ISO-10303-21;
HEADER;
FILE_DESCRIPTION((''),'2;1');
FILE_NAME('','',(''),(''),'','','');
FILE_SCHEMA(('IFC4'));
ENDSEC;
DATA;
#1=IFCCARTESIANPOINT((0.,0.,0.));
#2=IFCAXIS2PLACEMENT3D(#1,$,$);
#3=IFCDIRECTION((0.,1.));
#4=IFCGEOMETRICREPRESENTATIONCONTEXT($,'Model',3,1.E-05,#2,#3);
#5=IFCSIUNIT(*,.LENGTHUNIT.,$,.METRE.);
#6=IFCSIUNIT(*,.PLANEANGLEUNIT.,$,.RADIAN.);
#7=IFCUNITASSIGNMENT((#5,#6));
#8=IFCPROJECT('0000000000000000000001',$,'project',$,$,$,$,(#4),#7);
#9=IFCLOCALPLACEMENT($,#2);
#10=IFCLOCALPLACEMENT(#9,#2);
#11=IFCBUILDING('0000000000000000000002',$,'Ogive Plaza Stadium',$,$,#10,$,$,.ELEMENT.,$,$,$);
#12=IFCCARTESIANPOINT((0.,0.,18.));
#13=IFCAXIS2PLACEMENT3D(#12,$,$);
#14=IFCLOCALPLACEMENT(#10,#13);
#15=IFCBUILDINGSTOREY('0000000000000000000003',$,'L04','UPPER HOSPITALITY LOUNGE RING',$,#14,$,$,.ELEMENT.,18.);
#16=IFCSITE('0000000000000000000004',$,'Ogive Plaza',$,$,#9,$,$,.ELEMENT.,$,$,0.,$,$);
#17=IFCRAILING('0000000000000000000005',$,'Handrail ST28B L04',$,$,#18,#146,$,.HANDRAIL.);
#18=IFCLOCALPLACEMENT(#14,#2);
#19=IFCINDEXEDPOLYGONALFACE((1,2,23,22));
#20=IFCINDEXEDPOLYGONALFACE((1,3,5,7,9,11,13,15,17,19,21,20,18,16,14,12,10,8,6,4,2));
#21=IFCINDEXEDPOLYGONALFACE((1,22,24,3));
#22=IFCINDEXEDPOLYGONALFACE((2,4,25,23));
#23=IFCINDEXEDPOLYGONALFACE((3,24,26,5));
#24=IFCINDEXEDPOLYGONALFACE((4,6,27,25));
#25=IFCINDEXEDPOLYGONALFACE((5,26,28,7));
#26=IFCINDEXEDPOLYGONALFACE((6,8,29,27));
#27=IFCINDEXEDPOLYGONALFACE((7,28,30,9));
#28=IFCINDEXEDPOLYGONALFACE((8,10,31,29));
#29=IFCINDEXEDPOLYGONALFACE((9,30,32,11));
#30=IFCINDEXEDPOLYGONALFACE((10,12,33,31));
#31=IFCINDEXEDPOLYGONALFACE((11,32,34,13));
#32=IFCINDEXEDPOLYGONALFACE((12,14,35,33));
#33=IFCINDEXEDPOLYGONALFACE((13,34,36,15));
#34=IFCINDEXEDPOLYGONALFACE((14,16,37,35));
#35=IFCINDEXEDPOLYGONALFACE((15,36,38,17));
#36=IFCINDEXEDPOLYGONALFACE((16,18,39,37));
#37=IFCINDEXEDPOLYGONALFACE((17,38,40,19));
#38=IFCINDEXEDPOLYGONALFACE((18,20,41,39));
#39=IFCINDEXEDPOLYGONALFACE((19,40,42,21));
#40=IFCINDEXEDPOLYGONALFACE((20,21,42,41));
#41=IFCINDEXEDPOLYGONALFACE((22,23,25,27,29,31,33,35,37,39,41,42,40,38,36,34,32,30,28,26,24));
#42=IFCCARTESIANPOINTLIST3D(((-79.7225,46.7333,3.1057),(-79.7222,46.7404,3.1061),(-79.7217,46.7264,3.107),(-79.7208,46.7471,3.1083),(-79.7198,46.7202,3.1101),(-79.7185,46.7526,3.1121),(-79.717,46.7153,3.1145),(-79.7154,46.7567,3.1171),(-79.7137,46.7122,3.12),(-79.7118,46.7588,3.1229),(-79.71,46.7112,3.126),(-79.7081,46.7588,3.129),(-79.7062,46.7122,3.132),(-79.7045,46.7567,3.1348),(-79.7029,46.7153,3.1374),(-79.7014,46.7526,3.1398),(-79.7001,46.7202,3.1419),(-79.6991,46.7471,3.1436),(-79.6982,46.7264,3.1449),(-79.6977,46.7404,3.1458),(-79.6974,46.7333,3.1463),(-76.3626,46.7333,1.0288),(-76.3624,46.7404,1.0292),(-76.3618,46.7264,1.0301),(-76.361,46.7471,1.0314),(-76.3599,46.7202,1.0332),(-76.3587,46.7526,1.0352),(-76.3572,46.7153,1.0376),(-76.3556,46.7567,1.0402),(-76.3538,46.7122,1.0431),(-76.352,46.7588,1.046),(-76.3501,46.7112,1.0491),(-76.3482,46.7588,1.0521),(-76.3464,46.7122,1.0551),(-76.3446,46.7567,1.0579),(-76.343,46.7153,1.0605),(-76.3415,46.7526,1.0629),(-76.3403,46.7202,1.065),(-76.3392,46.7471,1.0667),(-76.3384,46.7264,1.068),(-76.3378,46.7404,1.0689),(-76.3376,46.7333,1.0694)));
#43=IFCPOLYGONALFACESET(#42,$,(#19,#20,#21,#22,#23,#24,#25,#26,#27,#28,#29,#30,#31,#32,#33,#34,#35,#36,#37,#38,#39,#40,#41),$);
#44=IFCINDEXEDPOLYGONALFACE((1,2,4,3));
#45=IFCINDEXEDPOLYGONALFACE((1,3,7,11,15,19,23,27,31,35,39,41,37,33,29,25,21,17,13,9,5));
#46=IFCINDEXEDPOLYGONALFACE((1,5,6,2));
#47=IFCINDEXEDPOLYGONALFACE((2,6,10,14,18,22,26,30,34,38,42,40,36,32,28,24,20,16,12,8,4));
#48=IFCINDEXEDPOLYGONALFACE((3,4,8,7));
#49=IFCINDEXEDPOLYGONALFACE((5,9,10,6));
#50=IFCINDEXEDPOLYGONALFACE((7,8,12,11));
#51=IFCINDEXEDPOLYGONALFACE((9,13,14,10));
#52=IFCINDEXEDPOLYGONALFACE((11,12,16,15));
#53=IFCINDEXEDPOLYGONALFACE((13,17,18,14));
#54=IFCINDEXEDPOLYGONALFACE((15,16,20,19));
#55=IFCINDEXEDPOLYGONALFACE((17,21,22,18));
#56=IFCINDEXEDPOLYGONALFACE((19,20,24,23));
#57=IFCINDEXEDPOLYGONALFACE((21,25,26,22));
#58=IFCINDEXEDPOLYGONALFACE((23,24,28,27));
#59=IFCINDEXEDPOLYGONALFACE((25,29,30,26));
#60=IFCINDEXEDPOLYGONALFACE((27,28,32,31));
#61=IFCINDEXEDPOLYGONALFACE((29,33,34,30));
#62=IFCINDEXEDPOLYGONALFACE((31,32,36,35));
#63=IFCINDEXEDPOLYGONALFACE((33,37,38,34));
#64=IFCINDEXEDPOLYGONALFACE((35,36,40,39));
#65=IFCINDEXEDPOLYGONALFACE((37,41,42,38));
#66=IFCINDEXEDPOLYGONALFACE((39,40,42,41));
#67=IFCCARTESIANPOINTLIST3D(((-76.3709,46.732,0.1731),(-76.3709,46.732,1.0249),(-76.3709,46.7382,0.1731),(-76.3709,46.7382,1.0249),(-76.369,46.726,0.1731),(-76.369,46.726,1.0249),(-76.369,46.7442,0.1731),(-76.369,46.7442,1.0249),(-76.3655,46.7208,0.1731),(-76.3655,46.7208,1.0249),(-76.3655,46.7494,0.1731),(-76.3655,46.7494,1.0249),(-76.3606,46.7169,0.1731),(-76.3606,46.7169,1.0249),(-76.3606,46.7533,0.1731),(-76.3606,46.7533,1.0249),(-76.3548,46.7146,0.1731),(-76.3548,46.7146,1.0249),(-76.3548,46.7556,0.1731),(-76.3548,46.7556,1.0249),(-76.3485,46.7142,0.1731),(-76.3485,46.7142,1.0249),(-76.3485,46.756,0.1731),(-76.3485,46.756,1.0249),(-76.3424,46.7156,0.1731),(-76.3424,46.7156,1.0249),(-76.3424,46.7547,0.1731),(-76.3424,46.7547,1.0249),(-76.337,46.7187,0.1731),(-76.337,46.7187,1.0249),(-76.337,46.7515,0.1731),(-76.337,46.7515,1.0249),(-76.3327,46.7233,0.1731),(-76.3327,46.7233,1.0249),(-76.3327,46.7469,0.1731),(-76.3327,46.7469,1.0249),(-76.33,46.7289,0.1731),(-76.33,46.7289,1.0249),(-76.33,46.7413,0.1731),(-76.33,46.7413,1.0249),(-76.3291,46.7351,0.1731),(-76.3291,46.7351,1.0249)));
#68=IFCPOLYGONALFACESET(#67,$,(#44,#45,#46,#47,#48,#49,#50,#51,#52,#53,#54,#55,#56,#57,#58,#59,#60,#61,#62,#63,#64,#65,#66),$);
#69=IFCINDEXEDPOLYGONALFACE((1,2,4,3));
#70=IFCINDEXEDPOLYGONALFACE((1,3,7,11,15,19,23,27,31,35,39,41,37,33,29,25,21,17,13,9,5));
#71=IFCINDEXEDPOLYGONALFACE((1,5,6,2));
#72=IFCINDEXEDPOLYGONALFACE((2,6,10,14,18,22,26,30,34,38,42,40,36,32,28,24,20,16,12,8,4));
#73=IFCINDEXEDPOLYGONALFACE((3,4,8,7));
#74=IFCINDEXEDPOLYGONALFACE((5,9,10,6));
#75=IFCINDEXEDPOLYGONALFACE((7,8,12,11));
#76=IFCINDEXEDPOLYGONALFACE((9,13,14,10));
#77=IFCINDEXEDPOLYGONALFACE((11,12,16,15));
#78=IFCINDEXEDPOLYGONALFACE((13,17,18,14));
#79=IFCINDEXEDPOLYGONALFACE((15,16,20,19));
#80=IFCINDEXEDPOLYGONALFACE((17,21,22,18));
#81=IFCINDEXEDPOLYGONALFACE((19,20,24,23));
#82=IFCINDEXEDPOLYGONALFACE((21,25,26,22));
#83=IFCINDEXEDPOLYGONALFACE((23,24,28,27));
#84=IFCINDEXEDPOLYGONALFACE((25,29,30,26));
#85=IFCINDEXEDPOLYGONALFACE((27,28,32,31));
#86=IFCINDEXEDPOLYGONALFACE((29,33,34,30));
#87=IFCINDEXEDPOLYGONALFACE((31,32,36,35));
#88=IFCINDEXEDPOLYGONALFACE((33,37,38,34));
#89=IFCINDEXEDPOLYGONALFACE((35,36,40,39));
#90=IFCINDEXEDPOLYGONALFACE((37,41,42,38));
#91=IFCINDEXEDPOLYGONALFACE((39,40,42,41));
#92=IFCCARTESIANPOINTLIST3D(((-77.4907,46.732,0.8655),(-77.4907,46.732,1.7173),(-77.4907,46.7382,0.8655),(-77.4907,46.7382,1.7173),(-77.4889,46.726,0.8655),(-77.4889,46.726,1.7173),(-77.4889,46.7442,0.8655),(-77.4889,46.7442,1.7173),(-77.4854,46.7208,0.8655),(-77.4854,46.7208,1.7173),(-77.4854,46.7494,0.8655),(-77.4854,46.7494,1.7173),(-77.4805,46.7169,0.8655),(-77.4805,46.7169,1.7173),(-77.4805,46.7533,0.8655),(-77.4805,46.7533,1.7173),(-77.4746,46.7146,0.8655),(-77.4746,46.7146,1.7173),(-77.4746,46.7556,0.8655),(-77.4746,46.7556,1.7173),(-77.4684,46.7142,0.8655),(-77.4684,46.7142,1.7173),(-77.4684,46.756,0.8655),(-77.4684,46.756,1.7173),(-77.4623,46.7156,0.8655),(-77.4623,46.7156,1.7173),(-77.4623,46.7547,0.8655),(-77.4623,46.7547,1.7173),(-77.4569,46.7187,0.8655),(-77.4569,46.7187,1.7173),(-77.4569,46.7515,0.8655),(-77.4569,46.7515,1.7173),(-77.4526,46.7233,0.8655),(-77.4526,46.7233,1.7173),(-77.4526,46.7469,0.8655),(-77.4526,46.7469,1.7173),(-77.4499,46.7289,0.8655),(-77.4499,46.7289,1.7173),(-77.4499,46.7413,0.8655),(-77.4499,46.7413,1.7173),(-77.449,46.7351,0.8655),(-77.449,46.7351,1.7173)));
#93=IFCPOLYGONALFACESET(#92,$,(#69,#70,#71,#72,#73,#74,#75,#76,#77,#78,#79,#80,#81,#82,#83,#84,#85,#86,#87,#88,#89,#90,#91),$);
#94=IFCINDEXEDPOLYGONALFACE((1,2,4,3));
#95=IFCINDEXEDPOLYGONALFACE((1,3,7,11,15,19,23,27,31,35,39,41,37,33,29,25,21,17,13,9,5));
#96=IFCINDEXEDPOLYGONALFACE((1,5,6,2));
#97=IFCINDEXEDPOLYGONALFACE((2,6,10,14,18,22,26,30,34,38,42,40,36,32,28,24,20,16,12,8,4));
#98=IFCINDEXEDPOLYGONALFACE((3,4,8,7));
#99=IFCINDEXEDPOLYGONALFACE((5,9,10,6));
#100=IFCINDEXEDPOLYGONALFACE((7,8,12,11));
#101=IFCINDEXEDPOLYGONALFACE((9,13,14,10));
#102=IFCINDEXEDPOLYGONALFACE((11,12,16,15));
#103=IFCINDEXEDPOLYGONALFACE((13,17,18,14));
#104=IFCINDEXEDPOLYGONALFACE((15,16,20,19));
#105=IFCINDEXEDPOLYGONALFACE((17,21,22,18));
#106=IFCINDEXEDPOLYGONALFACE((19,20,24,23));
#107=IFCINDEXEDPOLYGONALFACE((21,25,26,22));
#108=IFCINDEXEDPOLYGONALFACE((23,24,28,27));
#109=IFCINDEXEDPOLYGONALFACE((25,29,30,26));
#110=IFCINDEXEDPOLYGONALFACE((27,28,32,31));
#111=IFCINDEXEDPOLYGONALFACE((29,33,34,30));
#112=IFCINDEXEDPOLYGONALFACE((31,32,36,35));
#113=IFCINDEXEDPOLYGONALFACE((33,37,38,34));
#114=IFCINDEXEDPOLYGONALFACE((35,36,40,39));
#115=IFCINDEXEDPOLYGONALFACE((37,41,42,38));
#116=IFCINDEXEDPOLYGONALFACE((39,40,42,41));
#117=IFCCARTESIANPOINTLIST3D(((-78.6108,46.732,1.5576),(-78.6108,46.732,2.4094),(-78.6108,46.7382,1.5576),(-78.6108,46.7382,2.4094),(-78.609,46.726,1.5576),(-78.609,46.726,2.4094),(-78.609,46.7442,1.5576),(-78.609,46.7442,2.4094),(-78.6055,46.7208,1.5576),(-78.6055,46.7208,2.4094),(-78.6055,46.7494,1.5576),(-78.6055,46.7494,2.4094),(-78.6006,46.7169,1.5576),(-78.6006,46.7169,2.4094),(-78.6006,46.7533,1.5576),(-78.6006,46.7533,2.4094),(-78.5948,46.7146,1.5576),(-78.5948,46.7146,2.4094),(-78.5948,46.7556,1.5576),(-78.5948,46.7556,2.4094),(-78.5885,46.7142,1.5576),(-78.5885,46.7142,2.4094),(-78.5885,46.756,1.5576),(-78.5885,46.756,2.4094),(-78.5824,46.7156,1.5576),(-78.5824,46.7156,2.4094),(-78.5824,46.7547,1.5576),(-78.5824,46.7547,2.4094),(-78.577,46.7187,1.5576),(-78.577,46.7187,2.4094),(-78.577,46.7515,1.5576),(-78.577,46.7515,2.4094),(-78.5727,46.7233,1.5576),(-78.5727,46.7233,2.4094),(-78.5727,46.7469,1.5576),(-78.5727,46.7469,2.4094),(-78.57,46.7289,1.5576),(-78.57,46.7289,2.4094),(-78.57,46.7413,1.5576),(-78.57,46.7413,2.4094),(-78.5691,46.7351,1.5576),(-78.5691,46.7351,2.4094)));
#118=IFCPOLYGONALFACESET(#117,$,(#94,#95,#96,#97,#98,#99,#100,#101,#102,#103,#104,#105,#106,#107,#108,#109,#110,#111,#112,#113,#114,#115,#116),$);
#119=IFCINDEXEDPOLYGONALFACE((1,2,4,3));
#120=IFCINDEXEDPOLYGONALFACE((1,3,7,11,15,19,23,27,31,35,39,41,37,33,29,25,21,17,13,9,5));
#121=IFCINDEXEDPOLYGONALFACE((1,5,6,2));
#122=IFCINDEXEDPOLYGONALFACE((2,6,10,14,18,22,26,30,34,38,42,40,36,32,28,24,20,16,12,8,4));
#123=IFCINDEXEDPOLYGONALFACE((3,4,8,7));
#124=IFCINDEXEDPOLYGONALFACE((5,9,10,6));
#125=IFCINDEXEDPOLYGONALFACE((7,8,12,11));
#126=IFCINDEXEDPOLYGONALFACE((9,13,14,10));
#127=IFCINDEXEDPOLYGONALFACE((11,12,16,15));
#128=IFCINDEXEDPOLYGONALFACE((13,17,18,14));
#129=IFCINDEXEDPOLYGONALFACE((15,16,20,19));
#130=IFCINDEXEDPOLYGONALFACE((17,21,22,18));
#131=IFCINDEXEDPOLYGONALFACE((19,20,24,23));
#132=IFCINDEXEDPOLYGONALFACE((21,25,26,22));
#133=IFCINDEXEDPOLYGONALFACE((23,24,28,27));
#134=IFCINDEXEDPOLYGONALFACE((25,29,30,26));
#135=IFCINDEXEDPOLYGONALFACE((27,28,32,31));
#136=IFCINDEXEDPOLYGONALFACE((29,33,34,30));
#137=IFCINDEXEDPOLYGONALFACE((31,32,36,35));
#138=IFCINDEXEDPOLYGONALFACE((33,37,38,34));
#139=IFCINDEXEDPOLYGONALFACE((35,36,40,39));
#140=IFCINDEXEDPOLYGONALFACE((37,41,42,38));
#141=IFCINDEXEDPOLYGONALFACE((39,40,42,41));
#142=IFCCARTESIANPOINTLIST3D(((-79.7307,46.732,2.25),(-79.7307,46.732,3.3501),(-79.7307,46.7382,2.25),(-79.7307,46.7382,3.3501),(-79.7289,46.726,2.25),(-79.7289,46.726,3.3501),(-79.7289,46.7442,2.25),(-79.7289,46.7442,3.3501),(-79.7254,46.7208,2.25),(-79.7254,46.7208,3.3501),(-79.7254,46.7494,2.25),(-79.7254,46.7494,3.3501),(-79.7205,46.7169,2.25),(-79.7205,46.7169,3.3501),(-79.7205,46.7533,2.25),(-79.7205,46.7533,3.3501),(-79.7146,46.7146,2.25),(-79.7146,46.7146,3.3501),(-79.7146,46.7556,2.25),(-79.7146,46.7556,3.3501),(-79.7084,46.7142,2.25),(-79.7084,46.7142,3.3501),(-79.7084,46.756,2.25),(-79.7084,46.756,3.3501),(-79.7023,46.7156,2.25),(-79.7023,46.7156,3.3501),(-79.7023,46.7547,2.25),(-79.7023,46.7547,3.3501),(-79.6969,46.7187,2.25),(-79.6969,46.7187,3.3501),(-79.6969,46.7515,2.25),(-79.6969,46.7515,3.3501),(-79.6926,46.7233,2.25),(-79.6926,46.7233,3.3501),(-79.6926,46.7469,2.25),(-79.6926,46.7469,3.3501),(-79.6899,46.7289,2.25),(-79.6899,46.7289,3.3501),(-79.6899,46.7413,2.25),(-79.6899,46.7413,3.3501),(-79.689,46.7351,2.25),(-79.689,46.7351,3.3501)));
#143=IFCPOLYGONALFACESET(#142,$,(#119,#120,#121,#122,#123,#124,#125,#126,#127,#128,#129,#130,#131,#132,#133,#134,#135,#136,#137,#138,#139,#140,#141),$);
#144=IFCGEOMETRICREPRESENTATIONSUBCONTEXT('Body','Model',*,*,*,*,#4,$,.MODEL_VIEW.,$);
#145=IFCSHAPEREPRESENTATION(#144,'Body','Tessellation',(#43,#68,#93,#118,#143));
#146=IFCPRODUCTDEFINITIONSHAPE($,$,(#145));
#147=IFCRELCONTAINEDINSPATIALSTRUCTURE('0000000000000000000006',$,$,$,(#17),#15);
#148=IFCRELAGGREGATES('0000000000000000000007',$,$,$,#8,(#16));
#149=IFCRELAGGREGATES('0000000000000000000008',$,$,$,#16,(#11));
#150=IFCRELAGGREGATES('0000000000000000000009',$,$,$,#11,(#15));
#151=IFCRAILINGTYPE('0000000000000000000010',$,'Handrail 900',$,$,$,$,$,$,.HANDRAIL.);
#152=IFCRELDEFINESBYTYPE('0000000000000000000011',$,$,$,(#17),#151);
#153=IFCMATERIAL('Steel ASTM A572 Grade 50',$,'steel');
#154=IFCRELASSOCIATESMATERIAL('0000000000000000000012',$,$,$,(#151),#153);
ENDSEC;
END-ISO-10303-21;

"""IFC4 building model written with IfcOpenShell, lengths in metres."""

from ifc_helpers import new_model, si_unit, direction, frame, origin, origin_2d, place, context, subcontext, project, spatial, circle, extrude, material, type_object, element, save


model = new_model("IFC4")

# Units and contexts
model_context = context("Model", 3, precision=1e-05, world=origin(), true_north=direction((0.0, 1.0)))
body_context = subcontext(model_context, "Body", "Model", "MODEL_VIEW")
ifc_project = project(units=[si_unit("LENGTHUNIT", "METRE"), si_unit("PLANEANGLEUNIT", "RADIAN")], contexts=[model_context])

# Site, building, storey
site_placement = place(None, origin())
site = spatial("IfcSite", under=ifc_project, at=site_placement, Name="Ogive Plaza", CompositionType="ELEMENT", RefElevation=0.0)
building_placement = place(site_placement, origin())
building = spatial("IfcBuilding", under=site, at=building_placement, Name="Ogive Plaza Stadium", CompositionType="ELEMENT")
storey_placement = place(building_placement, frame((0.0, 0.0, 18.0)))
storey = spatial("IfcBuildingStorey", under=building, at=storey_placement, Name="L04", Description="UPPER HOSPITALITY LOUNGE RING", CompositionType="ELEMENT", Elevation=18.0)

# Railing
ifc_material_1 = material(Name="Steel ASTM A572 Grade 50", Category="steel")
railing_type_1 = type_object("IfcRailingType", Name="Handrail 900", PredefinedType="HANDRAIL", material=ifc_material_1)
for number, where, name in (
    (1, (-76.3501, 46.7351, 0.1731), "Handrail ST28B L04"),
):
    element("IfcRailing", number, at=place(storey_placement, frame(where)), inside=storey, type_object=railing_type_1, Name=name, PredefinedType="HANDRAIL", context=body_context, shape_type="SweptSolid", body=[
        extrude(circle(Radius=0.0239, at=origin_2d()), frame((0.0, 0.0, 0.876), z_axis=(-0.850606, 0.0, 0.525803), x_axis=(0.0, -1.0, 0.0)), (0.0, 0.0, 1.0), 3.95),
        extrude(circle(Radius=0.021, at=origin_2d()), origin(), (0.0, 0.0, 1.0), 0.8518),
        extrude(circle(Radius=0.021, at=origin_2d()), frame((-1.1199, 0.0, 0.6924)), (0.0, 0.0, 1.0), 0.8518),
        extrude(circle(Radius=0.021, at=origin_2d()), frame((-2.24, 0.0, 1.3845)), (0.0, 0.0, 1.0), 0.8518),
        extrude(circle(Radius=0.021, at=origin_2d()), frame((-3.3599, 0.0, 2.0769)), (0.0, 0.0, 1.0), 1.1001),
    ])

save(model, "model.ifc")
